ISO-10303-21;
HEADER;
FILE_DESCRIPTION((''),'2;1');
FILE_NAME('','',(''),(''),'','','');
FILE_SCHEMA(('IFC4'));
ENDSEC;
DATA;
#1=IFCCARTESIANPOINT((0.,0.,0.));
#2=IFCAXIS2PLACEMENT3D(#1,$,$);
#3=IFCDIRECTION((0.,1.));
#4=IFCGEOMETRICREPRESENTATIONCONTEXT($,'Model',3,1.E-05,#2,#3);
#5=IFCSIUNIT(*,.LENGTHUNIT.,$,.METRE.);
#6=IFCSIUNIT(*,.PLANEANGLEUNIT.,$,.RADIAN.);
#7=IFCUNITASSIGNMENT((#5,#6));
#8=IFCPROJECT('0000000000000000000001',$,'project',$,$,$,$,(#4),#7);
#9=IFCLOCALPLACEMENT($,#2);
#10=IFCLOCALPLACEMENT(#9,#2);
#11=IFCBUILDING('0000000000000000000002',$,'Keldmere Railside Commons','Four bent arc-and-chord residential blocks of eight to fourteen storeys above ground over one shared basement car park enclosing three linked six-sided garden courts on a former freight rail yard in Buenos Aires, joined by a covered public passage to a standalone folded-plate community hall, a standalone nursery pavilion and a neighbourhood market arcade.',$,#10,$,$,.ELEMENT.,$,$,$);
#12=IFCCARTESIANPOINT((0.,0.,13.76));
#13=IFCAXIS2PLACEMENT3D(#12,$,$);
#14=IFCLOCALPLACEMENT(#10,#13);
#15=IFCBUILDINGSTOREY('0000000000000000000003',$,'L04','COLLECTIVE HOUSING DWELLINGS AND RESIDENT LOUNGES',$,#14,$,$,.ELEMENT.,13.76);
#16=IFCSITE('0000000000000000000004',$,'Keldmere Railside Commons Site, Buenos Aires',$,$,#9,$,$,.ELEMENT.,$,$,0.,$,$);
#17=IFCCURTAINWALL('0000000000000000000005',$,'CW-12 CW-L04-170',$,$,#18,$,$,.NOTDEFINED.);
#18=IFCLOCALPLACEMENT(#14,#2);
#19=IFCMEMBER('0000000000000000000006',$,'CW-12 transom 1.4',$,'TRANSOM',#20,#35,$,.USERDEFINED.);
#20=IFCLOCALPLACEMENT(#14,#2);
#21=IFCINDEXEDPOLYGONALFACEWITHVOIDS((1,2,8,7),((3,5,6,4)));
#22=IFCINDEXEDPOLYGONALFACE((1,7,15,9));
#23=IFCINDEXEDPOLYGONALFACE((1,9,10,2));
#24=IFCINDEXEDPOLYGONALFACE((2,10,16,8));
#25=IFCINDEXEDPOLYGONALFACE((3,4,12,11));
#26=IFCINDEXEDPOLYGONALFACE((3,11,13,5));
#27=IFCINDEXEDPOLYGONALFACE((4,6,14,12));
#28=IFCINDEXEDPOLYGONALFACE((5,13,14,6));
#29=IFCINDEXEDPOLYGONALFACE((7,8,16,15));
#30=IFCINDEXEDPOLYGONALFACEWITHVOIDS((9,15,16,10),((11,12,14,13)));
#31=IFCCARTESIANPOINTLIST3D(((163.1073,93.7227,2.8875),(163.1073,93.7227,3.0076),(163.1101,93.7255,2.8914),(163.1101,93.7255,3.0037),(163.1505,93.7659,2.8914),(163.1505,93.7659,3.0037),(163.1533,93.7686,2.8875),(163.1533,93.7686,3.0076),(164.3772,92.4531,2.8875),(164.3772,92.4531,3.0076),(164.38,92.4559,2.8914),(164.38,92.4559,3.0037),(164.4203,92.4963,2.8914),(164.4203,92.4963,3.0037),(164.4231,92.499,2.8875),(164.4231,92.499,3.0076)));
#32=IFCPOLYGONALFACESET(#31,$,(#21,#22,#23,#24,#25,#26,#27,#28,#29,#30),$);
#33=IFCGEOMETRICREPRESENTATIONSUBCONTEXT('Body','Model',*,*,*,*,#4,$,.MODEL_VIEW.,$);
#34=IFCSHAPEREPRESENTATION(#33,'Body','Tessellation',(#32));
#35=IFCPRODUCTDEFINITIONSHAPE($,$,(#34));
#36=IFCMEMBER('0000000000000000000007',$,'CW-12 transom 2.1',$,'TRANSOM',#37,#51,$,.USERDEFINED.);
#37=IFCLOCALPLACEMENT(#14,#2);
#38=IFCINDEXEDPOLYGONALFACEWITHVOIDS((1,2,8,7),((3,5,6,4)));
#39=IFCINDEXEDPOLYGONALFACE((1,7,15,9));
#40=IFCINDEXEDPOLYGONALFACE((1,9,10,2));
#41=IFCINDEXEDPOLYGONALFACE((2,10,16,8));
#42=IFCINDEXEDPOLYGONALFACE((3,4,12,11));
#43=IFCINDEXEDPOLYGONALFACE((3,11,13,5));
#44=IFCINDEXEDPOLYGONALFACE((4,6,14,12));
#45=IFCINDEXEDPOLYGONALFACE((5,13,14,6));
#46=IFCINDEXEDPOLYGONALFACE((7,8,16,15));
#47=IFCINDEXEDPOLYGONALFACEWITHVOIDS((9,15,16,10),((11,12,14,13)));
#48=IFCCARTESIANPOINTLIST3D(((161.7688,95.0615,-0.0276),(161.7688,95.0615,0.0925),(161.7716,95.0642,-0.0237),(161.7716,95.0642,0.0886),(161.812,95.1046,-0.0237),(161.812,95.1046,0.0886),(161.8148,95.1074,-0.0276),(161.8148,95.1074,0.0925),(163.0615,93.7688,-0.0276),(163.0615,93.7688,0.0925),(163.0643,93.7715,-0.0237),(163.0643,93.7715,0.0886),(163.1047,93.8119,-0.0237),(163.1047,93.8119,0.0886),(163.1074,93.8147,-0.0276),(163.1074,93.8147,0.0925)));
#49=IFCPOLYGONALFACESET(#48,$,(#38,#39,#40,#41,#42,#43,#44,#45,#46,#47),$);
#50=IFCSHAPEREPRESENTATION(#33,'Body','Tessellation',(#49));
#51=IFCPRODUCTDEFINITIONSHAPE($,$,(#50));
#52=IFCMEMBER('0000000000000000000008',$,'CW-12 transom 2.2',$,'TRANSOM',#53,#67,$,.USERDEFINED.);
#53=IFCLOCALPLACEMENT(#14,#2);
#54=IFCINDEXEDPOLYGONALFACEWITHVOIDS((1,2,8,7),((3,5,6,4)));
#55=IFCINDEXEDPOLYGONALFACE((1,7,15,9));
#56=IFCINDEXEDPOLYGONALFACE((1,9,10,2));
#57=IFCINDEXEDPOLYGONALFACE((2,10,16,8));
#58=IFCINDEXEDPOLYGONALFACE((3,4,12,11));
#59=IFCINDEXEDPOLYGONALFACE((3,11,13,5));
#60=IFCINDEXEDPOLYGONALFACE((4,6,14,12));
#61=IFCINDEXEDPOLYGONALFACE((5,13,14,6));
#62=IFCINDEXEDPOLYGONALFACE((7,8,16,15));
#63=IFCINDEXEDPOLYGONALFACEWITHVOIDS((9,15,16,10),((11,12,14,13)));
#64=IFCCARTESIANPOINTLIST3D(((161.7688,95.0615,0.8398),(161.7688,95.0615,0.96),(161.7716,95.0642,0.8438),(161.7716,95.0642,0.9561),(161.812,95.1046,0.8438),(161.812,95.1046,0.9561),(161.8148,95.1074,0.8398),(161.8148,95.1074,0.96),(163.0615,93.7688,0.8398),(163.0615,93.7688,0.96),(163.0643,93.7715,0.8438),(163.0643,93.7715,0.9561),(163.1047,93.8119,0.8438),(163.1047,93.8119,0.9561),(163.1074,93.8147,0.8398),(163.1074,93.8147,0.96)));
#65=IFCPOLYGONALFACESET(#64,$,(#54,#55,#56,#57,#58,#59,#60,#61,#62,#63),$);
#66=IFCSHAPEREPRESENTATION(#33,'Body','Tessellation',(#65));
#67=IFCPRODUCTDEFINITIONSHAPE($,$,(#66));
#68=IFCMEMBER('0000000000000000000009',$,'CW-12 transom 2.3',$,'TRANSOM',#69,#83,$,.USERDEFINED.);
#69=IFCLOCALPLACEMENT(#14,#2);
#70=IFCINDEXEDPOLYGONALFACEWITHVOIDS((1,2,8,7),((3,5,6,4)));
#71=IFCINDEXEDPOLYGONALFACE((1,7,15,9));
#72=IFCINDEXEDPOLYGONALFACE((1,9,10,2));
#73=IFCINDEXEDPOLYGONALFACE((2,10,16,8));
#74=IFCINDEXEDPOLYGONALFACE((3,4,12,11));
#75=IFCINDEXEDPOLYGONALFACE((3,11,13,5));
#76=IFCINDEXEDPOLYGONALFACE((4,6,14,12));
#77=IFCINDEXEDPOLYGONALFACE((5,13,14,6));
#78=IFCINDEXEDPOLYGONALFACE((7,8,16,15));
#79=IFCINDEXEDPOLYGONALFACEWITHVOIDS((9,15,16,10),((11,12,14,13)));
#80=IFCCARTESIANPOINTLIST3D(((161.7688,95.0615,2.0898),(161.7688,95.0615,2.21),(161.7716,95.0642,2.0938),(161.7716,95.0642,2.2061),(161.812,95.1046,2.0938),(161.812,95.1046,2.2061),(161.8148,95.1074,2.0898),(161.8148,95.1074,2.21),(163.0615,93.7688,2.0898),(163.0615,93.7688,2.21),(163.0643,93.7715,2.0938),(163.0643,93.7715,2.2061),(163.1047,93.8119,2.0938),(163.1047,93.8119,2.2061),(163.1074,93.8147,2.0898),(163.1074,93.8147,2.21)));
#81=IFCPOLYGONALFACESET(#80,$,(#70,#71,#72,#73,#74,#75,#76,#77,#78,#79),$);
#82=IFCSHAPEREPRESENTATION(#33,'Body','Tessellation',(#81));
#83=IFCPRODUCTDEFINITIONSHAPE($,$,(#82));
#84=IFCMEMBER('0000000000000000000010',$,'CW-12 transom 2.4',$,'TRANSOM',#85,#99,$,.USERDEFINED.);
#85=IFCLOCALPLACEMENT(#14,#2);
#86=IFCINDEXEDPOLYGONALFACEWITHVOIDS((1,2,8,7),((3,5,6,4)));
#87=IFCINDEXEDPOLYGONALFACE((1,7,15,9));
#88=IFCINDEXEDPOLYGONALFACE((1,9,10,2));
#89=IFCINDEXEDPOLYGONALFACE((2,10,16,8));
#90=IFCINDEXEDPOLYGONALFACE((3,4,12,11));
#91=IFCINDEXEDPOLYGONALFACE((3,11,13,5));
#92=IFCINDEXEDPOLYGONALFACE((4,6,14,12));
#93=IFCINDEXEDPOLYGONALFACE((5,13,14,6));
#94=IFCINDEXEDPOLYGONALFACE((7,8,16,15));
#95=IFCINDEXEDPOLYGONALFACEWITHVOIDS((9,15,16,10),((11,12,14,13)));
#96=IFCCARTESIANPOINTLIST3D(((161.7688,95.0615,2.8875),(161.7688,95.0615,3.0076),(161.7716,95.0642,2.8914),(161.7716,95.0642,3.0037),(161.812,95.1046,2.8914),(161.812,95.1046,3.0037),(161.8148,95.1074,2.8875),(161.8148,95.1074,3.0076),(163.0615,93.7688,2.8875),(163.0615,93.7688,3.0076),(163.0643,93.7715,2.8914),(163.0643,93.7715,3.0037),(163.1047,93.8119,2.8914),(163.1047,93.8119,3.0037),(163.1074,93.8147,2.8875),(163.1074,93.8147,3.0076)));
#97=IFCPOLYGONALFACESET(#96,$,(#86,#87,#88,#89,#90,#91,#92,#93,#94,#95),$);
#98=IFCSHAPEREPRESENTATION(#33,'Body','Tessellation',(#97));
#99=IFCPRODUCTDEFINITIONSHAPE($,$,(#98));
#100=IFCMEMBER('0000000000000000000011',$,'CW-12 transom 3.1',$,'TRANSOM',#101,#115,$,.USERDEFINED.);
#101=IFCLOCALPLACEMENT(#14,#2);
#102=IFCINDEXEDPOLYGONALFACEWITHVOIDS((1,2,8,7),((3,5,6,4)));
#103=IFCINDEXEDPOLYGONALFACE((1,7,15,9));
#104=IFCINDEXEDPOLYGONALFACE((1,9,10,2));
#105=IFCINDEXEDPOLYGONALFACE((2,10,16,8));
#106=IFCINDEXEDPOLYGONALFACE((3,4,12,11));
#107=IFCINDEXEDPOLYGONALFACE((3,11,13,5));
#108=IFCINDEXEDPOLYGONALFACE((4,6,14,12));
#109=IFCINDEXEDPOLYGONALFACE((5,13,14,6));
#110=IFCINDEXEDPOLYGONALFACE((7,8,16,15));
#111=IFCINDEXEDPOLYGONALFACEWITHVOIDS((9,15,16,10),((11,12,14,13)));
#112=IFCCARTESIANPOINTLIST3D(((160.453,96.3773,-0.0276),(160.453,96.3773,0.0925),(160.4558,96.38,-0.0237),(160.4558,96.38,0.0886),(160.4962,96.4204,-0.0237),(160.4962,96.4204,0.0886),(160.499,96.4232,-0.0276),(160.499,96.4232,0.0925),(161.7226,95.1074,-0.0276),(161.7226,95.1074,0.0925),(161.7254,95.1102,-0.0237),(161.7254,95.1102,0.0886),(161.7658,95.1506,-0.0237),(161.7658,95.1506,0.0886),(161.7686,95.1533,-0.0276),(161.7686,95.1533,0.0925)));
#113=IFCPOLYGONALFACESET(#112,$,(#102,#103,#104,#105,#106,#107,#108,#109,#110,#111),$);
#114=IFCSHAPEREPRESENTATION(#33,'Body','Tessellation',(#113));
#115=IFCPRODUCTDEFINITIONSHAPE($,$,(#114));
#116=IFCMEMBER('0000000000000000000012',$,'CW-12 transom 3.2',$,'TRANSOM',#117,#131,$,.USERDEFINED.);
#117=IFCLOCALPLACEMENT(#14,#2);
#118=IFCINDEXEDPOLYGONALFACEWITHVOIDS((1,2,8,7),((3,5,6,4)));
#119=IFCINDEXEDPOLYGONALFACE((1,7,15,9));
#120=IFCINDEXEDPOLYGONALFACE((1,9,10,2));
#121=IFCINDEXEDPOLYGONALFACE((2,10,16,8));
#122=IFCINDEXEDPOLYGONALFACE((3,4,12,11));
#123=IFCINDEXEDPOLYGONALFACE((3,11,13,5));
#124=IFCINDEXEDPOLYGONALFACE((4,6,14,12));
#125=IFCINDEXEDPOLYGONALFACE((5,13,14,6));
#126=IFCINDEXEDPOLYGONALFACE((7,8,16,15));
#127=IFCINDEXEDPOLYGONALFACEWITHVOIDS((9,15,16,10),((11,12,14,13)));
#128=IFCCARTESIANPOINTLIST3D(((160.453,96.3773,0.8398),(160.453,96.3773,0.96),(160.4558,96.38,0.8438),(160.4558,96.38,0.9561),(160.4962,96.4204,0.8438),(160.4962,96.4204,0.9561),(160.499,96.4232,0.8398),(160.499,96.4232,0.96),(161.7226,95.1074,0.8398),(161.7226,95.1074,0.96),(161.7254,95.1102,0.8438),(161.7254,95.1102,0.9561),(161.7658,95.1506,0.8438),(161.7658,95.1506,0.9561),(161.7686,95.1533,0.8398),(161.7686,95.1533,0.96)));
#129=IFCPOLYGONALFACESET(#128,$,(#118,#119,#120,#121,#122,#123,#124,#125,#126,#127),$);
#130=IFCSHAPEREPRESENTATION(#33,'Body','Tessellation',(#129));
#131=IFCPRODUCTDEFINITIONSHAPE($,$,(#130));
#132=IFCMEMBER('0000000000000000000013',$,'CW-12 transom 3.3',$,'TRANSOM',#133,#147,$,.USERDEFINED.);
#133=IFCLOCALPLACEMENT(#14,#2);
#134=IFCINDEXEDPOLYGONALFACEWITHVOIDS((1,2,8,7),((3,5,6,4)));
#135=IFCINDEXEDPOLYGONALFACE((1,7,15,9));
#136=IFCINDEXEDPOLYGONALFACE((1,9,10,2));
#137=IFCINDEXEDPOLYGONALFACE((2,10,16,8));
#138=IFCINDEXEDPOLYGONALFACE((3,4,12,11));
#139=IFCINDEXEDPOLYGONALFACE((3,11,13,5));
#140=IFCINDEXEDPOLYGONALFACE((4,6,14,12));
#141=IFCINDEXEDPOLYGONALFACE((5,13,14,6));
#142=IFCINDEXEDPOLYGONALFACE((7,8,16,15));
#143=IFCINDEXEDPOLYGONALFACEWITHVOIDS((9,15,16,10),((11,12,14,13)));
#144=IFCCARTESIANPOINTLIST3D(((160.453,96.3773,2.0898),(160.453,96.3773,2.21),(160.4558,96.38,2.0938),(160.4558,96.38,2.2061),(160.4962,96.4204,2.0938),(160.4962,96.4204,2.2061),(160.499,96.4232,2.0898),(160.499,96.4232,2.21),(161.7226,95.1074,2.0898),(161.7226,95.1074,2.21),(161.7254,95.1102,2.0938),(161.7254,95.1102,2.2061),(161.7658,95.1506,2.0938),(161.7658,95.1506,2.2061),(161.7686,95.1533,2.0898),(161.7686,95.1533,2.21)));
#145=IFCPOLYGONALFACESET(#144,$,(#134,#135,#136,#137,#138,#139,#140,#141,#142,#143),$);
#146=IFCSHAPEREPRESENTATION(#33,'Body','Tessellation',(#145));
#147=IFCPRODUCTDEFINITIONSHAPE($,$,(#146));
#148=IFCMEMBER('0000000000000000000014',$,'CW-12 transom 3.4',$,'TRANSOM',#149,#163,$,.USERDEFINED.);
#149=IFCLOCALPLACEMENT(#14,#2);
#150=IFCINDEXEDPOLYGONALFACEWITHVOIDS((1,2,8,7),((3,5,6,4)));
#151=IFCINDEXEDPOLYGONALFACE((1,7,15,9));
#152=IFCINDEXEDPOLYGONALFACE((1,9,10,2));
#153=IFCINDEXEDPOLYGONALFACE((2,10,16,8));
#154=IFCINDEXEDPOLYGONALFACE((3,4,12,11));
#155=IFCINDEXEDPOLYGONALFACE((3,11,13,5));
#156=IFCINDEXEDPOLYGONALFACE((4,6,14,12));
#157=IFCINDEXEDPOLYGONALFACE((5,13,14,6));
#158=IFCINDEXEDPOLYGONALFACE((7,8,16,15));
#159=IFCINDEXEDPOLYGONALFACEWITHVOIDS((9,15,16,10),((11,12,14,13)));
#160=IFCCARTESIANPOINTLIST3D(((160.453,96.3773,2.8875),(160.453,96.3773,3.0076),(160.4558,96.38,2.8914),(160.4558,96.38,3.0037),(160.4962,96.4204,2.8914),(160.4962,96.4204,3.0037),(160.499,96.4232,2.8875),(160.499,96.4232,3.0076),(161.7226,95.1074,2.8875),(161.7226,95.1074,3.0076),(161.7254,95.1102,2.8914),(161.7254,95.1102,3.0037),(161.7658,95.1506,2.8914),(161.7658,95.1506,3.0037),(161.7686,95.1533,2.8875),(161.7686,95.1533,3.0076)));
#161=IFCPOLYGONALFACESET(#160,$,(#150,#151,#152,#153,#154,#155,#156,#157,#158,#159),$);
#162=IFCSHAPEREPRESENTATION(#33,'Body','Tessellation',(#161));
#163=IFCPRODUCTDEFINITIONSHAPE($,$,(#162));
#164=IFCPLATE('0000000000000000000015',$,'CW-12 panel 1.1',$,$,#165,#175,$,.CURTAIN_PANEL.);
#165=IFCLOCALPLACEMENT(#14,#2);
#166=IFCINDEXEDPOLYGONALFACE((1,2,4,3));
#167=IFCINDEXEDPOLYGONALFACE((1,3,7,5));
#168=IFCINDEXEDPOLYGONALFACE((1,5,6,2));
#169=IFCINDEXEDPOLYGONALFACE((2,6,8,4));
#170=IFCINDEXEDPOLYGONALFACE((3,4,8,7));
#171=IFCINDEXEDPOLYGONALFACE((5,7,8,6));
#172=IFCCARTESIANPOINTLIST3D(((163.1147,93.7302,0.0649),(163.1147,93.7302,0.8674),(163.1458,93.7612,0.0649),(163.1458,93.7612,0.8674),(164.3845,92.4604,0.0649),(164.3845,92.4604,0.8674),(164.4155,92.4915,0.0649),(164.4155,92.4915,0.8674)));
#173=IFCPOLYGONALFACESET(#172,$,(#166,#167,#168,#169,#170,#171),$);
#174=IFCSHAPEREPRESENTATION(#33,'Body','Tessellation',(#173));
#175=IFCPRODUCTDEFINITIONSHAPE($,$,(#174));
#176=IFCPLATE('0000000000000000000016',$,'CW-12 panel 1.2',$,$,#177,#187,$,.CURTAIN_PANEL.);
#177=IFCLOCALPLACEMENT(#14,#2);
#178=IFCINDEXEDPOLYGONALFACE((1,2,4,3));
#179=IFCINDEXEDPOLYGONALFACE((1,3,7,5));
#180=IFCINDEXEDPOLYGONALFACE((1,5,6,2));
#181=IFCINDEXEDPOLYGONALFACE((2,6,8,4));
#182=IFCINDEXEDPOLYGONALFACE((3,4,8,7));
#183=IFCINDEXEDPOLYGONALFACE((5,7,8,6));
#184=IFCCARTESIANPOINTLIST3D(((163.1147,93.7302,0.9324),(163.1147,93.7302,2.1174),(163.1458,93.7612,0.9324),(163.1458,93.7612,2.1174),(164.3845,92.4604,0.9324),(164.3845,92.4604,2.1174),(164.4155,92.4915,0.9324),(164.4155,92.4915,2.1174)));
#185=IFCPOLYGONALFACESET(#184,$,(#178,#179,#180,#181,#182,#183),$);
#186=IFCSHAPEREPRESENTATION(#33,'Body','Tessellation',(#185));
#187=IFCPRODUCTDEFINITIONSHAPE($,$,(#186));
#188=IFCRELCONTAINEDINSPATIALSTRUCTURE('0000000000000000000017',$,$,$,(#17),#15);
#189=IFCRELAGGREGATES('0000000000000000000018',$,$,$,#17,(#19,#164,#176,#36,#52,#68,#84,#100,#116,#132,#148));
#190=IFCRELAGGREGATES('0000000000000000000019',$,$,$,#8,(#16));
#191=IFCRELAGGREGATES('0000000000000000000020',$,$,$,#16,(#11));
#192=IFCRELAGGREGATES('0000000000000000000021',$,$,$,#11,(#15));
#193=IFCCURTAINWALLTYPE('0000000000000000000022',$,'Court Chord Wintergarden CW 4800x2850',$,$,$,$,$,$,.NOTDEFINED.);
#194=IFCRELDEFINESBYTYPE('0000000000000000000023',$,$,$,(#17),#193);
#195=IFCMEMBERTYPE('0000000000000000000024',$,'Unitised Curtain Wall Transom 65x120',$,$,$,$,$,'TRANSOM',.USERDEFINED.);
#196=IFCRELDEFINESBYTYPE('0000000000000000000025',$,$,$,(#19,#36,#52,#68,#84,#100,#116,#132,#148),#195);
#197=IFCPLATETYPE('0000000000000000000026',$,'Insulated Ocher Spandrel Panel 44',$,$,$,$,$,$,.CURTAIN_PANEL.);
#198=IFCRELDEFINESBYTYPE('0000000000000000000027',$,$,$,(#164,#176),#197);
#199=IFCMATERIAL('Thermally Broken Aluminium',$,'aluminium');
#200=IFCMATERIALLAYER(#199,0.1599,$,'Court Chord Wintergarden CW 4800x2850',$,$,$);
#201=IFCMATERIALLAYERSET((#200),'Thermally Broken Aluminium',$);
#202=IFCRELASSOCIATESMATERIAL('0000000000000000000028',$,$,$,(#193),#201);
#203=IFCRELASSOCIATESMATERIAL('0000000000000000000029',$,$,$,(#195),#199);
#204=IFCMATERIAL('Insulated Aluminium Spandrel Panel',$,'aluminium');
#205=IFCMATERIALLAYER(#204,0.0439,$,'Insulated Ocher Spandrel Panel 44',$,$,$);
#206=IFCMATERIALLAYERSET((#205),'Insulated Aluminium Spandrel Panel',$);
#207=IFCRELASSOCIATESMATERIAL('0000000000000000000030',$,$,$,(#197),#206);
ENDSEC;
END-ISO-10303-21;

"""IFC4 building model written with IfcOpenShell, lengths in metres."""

from ifc_helpers import new_model, si_unit, direction, frame, origin, origin_2d, place, context, subcontext, project, spatial, rectangle, hollow_rectangle, extrude, material, layer, layer_set, material_profile, profile_set, type_object, element, aggregate, save


model = new_model("IFC4")

# Units and contexts
model_context = context("Model", 3, precision=1e-05, world=origin(), true_north=direction((0.0, 1.0)))
body_context = subcontext(model_context, "Body", "Model", "MODEL_VIEW")
ifc_project = project(units=[si_unit("LENGTHUNIT", "METRE"), si_unit("PLANEANGLEUNIT", "RADIAN")], contexts=[model_context])

# Site, building, storey
site_placement = place(None, origin())
site = spatial("IfcSite", under=ifc_project, at=site_placement, Name="Keldmere Railside Commons Site, Buenos Aires", CompositionType="ELEMENT", RefElevation=0.0)
building_placement = place(site_placement, origin())
building = spatial("IfcBuilding", under=site, at=building_placement, Name="Keldmere Railside Commons", Description="Four bent arc-and-chord residential blocks of eight to fourteen storeys above ground over one shared basement car park enclosing three linked six-sided garden courts on a former freight rail yard in Buenos Aires, joined by a covered public passage to a standalone folded-plate community hall, a standalone nursery pavilion and a neighbourhood market arcade.", CompositionType="ELEMENT")
storey_placement = place(building_placement, frame((0.0, 0.0, 13.76)))
storey = spatial("IfcBuildingStorey", under=building, at=storey_placement, Name="L04", Description="COLLECTIVE HOUSING DWELLINGS AND RESIDENT LOUNGES", CompositionType="ELEMENT", Elevation=13.76)

# Shared definitions
ifc_material_1 = material(Name="Thermally Broken Aluminium", Category="aluminium")

# Curtain wall
ifc_layer_1 = layer(ifc_material_1, 0.1599, Name="Court Chord Wintergarden CW 4800x2850")
ifc_layer_set_1 = layer_set([ifc_layer_1], Name="Thermally Broken Aluminium")
curtain_wall_type_1 = type_object("IfcCurtainWallType", Name="Court Chord Wintergarden CW 4800x2850", PredefinedType="NOTDEFINED", material=ifc_layer_set_1)
curtain_wall_1_placement = place(storey_placement, origin())
curtain_wall_1 = element("IfcCurtainWall", 1, at=curtain_wall_1_placement, inside=storey, type_object=curtain_wall_type_1, Name="CW-12 CW-L04-170", PredefinedType="NOTDEFINED")

# Members
ifc_material_profile_1 = material_profile(ifc_material_1, hollow_rectangle(XDim=0.0649, YDim=0.1201, WallThickness=0.0039, at=origin_2d()), Name="ALU-TRAN-65x120")
ifc_profile_set_1 = profile_set([ifc_material_profile_1], Name="Thermally Broken Aluminium")
member_type_1 = type_object("IfcMemberType", Name="Unitised Curtain Wall Transom 65x120", ElementType="TRANSOM", PredefinedType="USERDEFINED", material=ifc_profile_set_1)
member_1_placement = place(storey_placement, frame((164.4001, 92.4761, 2.9475), z_axis=(-0.707175, 0.707039, 0.0), x_axis=(-0.707039, -0.707175, 0.0)))
member_1 = element("IfcMember", 2, at=member_1_placement, type_object=member_type_1, Name="CW-12 transom 1.4", ObjectType="TRANSOM", PredefinedType="USERDEFINED", context=body_context, shape_type="SweptSolid", body=[
    extrude(hollow_rectangle(XDim=0.0649, YDim=0.1201, WallThickness=0.0039, at=origin_2d()), origin(), (0.0, 0.0, 1.0), 1.7957),
])
member_2_placement = place(storey_placement, frame((163.0845, 93.7917, 0.0325), z_axis=(-0.707107, 0.707107, 0.0), x_axis=(-0.707107, -0.707107, 0.0)))
member_2 = element("IfcMember", 3, at=member_2_placement, type_object=member_type_1, Name="CW-12 transom 2.1", ObjectType="TRANSOM", PredefinedType="USERDEFINED", context=body_context, shape_type="SweptSolid", body=[
    extrude(hollow_rectangle(XDim=0.0649, YDim=0.1201, WallThickness=0.0039, at=origin_2d()), origin(), (0.0, 0.0, 1.0), 1.8281),
])
member_3_placement = place(storey_placement, frame((163.0845, 93.7917, 0.8999), z_axis=(-0.707107, 0.707107, 0.0), x_axis=(-0.707107, -0.707107, 0.0)))
member_3 = element("IfcMember", 4, at=member_3_placement, type_object=member_type_1, Name="CW-12 transom 2.2", ObjectType="TRANSOM", PredefinedType="USERDEFINED", context=body_context, shape_type="SweptSolid", body=[
    extrude(hollow_rectangle(XDim=0.0649, YDim=0.1201, WallThickness=0.0039, at=origin_2d()), origin(), (0.0, 0.0, 1.0), 1.8281),
])
member_4_placement = place(storey_placement, frame((163.0845, 93.7917, 2.1499), z_axis=(-0.707107, 0.707107, 0.0), x_axis=(-0.707107, -0.707107, 0.0)))
member_4 = element("IfcMember", 5, at=member_4_placement, type_object=member_type_1, Name="CW-12 transom 2.3", ObjectType="TRANSOM", PredefinedType="USERDEFINED", context=body_context, shape_type="SweptSolid", body=[
    extrude(hollow_rectangle(XDim=0.0649, YDim=0.1201, WallThickness=0.0039, at=origin_2d()), origin(), (0.0, 0.0, 1.0), 1.8281),
])
member_5_placement = place(storey_placement, frame((163.0845, 93.7917, 2.9475), z_axis=(-0.707107, 0.707107, 0.0), x_axis=(-0.707107, -0.707107, 0.0)))
member_5 = element("IfcMember", 6, at=member_5_placement, type_object=member_type_1, Name="CW-12 transom 2.4", ObjectType="TRANSOM", PredefinedType="USERDEFINED", context=body_context, shape_type="SweptSolid", body=[
    extrude(hollow_rectangle(XDim=0.0649, YDim=0.1201, WallThickness=0.0039, at=origin_2d()), origin(), (0.0, 0.0, 1.0), 1.8281),
])
member_6_placement = place(storey_placement, frame((161.7456, 95.1304, 0.0325), z_axis=(-0.707039, 0.707175, 0.0), x_axis=(-0.707175, -0.707039, 0.0)))
member_6 = element("IfcMember", 7, at=member_6_placement, type_object=member_type_1, Name="CW-12 transom 3.1", ObjectType="TRANSOM", PredefinedType="USERDEFINED", context=body_context, shape_type="SweptSolid", body=[
    extrude(hollow_rectangle(XDim=0.0649, YDim=0.1201, WallThickness=0.0039, at=origin_2d()), origin(), (0.0, 0.0, 1.0), 1.7957),
])
member_7_placement = place(storey_placement, frame((161.7456, 95.1304, 0.8999), z_axis=(-0.707039, 0.707175, 0.0), x_axis=(-0.707175, -0.707039, 0.0)))
member_7 = element("IfcMember", 8, at=member_7_placement, type_object=member_type_1, Name="CW-12 transom 3.2", ObjectType="TRANSOM", PredefinedType="USERDEFINED", context=body_context, shape_type="SweptSolid", body=[
    extrude(hollow_rectangle(XDim=0.0649, YDim=0.1201, WallThickness=0.0039, at=origin_2d()), origin(), (0.0, 0.0, 1.0), 1.7957),
])
member_8_placement = place(storey_placement, frame((161.7456, 95.1304, 2.1499), z_axis=(-0.707039, 0.707175, 0.0), x_axis=(-0.707175, -0.707039, 0.0)))
member_8 = element("IfcMember", 9, at=member_8_placement, type_object=member_type_1, Name="CW-12 transom 3.3", ObjectType="TRANSOM", PredefinedType="USERDEFINED", context=body_context, shape_type="SweptSolid", body=[
    extrude(hollow_rectangle(XDim=0.0649, YDim=0.1201, WallThickness=0.0039, at=origin_2d()), origin(), (0.0, 0.0, 1.0), 1.7957),
])
member_9_placement = place(storey_placement, frame((161.7456, 95.1304, 2.9475), z_axis=(-0.707039, 0.707175, 0.0), x_axis=(-0.707175, -0.707039, 0.0)))
member_9 = element("IfcMember", 10, at=member_9_placement, type_object=member_type_1, Name="CW-12 transom 3.4", ObjectType="TRANSOM", PredefinedType="USERDEFINED", context=body_context, shape_type="SweptSolid", body=[
    extrude(hollow_rectangle(XDim=0.0649, YDim=0.1201, WallThickness=0.0039, at=origin_2d()), origin(), (0.0, 0.0, 1.0), 1.7957),
])

# Plates
ifc_material_2 = material(Name="Insulated Aluminium Spandrel Panel", Category="aluminium")
ifc_layer_2 = layer(ifc_material_2, 0.0439, Name="Insulated Ocher Spandrel Panel 44")
ifc_layer_set_2 = layer_set([ifc_layer_2], Name="Insulated Aluminium Spandrel Panel")
plate_type = type_object("IfcPlateType", Name="Insulated Ocher Spandrel Panel 44", PredefinedType="CURTAIN_PANEL", material=ifc_layer_set_2)
plate_1_placement = place(storey_placement, frame((163.7651, 93.1108, 0.0649), z_axis=(0.0, 0.0, 1.0), x_axis=(-0.707107, 0.707107, 0.0)))
plate_1 = element("IfcPlate", 11, at=plate_1_placement, type_object=plate_type, Name="CW-12 panel 1.1", PredefinedType="CURTAIN_PANEL", context=body_context, shape_type="SweptSolid", body=[
    extrude(rectangle(XDim=1.7957, YDim=0.0439, at=origin_2d()), origin(), (0.0, 0.0, 1.0), 0.8025),
])
plate_2_placement = place(storey_placement, frame((163.7651, 93.1108, 0.9324), z_axis=(0.0, 0.0, 1.0), x_axis=(-0.707107, 0.707107, 0.0)))
plate_2 = element("IfcPlate", 12, at=plate_2_placement, type_object=plate_type, Name="CW-12 panel 1.2", PredefinedType="CURTAIN_PANEL", context=body_context, shape_type="SweptSolid", body=[
    extrude(rectangle(XDim=1.7957, YDim=0.0439, at=origin_2d()), origin(), (0.0, 0.0, 1.0), 1.1851),
])
aggregate(curtain_wall_1, [member_1, plate_1, plate_2, member_2, member_3, member_4, member_5, member_6, member_7, member_8, member_9])

save(model, "model.ifc")
